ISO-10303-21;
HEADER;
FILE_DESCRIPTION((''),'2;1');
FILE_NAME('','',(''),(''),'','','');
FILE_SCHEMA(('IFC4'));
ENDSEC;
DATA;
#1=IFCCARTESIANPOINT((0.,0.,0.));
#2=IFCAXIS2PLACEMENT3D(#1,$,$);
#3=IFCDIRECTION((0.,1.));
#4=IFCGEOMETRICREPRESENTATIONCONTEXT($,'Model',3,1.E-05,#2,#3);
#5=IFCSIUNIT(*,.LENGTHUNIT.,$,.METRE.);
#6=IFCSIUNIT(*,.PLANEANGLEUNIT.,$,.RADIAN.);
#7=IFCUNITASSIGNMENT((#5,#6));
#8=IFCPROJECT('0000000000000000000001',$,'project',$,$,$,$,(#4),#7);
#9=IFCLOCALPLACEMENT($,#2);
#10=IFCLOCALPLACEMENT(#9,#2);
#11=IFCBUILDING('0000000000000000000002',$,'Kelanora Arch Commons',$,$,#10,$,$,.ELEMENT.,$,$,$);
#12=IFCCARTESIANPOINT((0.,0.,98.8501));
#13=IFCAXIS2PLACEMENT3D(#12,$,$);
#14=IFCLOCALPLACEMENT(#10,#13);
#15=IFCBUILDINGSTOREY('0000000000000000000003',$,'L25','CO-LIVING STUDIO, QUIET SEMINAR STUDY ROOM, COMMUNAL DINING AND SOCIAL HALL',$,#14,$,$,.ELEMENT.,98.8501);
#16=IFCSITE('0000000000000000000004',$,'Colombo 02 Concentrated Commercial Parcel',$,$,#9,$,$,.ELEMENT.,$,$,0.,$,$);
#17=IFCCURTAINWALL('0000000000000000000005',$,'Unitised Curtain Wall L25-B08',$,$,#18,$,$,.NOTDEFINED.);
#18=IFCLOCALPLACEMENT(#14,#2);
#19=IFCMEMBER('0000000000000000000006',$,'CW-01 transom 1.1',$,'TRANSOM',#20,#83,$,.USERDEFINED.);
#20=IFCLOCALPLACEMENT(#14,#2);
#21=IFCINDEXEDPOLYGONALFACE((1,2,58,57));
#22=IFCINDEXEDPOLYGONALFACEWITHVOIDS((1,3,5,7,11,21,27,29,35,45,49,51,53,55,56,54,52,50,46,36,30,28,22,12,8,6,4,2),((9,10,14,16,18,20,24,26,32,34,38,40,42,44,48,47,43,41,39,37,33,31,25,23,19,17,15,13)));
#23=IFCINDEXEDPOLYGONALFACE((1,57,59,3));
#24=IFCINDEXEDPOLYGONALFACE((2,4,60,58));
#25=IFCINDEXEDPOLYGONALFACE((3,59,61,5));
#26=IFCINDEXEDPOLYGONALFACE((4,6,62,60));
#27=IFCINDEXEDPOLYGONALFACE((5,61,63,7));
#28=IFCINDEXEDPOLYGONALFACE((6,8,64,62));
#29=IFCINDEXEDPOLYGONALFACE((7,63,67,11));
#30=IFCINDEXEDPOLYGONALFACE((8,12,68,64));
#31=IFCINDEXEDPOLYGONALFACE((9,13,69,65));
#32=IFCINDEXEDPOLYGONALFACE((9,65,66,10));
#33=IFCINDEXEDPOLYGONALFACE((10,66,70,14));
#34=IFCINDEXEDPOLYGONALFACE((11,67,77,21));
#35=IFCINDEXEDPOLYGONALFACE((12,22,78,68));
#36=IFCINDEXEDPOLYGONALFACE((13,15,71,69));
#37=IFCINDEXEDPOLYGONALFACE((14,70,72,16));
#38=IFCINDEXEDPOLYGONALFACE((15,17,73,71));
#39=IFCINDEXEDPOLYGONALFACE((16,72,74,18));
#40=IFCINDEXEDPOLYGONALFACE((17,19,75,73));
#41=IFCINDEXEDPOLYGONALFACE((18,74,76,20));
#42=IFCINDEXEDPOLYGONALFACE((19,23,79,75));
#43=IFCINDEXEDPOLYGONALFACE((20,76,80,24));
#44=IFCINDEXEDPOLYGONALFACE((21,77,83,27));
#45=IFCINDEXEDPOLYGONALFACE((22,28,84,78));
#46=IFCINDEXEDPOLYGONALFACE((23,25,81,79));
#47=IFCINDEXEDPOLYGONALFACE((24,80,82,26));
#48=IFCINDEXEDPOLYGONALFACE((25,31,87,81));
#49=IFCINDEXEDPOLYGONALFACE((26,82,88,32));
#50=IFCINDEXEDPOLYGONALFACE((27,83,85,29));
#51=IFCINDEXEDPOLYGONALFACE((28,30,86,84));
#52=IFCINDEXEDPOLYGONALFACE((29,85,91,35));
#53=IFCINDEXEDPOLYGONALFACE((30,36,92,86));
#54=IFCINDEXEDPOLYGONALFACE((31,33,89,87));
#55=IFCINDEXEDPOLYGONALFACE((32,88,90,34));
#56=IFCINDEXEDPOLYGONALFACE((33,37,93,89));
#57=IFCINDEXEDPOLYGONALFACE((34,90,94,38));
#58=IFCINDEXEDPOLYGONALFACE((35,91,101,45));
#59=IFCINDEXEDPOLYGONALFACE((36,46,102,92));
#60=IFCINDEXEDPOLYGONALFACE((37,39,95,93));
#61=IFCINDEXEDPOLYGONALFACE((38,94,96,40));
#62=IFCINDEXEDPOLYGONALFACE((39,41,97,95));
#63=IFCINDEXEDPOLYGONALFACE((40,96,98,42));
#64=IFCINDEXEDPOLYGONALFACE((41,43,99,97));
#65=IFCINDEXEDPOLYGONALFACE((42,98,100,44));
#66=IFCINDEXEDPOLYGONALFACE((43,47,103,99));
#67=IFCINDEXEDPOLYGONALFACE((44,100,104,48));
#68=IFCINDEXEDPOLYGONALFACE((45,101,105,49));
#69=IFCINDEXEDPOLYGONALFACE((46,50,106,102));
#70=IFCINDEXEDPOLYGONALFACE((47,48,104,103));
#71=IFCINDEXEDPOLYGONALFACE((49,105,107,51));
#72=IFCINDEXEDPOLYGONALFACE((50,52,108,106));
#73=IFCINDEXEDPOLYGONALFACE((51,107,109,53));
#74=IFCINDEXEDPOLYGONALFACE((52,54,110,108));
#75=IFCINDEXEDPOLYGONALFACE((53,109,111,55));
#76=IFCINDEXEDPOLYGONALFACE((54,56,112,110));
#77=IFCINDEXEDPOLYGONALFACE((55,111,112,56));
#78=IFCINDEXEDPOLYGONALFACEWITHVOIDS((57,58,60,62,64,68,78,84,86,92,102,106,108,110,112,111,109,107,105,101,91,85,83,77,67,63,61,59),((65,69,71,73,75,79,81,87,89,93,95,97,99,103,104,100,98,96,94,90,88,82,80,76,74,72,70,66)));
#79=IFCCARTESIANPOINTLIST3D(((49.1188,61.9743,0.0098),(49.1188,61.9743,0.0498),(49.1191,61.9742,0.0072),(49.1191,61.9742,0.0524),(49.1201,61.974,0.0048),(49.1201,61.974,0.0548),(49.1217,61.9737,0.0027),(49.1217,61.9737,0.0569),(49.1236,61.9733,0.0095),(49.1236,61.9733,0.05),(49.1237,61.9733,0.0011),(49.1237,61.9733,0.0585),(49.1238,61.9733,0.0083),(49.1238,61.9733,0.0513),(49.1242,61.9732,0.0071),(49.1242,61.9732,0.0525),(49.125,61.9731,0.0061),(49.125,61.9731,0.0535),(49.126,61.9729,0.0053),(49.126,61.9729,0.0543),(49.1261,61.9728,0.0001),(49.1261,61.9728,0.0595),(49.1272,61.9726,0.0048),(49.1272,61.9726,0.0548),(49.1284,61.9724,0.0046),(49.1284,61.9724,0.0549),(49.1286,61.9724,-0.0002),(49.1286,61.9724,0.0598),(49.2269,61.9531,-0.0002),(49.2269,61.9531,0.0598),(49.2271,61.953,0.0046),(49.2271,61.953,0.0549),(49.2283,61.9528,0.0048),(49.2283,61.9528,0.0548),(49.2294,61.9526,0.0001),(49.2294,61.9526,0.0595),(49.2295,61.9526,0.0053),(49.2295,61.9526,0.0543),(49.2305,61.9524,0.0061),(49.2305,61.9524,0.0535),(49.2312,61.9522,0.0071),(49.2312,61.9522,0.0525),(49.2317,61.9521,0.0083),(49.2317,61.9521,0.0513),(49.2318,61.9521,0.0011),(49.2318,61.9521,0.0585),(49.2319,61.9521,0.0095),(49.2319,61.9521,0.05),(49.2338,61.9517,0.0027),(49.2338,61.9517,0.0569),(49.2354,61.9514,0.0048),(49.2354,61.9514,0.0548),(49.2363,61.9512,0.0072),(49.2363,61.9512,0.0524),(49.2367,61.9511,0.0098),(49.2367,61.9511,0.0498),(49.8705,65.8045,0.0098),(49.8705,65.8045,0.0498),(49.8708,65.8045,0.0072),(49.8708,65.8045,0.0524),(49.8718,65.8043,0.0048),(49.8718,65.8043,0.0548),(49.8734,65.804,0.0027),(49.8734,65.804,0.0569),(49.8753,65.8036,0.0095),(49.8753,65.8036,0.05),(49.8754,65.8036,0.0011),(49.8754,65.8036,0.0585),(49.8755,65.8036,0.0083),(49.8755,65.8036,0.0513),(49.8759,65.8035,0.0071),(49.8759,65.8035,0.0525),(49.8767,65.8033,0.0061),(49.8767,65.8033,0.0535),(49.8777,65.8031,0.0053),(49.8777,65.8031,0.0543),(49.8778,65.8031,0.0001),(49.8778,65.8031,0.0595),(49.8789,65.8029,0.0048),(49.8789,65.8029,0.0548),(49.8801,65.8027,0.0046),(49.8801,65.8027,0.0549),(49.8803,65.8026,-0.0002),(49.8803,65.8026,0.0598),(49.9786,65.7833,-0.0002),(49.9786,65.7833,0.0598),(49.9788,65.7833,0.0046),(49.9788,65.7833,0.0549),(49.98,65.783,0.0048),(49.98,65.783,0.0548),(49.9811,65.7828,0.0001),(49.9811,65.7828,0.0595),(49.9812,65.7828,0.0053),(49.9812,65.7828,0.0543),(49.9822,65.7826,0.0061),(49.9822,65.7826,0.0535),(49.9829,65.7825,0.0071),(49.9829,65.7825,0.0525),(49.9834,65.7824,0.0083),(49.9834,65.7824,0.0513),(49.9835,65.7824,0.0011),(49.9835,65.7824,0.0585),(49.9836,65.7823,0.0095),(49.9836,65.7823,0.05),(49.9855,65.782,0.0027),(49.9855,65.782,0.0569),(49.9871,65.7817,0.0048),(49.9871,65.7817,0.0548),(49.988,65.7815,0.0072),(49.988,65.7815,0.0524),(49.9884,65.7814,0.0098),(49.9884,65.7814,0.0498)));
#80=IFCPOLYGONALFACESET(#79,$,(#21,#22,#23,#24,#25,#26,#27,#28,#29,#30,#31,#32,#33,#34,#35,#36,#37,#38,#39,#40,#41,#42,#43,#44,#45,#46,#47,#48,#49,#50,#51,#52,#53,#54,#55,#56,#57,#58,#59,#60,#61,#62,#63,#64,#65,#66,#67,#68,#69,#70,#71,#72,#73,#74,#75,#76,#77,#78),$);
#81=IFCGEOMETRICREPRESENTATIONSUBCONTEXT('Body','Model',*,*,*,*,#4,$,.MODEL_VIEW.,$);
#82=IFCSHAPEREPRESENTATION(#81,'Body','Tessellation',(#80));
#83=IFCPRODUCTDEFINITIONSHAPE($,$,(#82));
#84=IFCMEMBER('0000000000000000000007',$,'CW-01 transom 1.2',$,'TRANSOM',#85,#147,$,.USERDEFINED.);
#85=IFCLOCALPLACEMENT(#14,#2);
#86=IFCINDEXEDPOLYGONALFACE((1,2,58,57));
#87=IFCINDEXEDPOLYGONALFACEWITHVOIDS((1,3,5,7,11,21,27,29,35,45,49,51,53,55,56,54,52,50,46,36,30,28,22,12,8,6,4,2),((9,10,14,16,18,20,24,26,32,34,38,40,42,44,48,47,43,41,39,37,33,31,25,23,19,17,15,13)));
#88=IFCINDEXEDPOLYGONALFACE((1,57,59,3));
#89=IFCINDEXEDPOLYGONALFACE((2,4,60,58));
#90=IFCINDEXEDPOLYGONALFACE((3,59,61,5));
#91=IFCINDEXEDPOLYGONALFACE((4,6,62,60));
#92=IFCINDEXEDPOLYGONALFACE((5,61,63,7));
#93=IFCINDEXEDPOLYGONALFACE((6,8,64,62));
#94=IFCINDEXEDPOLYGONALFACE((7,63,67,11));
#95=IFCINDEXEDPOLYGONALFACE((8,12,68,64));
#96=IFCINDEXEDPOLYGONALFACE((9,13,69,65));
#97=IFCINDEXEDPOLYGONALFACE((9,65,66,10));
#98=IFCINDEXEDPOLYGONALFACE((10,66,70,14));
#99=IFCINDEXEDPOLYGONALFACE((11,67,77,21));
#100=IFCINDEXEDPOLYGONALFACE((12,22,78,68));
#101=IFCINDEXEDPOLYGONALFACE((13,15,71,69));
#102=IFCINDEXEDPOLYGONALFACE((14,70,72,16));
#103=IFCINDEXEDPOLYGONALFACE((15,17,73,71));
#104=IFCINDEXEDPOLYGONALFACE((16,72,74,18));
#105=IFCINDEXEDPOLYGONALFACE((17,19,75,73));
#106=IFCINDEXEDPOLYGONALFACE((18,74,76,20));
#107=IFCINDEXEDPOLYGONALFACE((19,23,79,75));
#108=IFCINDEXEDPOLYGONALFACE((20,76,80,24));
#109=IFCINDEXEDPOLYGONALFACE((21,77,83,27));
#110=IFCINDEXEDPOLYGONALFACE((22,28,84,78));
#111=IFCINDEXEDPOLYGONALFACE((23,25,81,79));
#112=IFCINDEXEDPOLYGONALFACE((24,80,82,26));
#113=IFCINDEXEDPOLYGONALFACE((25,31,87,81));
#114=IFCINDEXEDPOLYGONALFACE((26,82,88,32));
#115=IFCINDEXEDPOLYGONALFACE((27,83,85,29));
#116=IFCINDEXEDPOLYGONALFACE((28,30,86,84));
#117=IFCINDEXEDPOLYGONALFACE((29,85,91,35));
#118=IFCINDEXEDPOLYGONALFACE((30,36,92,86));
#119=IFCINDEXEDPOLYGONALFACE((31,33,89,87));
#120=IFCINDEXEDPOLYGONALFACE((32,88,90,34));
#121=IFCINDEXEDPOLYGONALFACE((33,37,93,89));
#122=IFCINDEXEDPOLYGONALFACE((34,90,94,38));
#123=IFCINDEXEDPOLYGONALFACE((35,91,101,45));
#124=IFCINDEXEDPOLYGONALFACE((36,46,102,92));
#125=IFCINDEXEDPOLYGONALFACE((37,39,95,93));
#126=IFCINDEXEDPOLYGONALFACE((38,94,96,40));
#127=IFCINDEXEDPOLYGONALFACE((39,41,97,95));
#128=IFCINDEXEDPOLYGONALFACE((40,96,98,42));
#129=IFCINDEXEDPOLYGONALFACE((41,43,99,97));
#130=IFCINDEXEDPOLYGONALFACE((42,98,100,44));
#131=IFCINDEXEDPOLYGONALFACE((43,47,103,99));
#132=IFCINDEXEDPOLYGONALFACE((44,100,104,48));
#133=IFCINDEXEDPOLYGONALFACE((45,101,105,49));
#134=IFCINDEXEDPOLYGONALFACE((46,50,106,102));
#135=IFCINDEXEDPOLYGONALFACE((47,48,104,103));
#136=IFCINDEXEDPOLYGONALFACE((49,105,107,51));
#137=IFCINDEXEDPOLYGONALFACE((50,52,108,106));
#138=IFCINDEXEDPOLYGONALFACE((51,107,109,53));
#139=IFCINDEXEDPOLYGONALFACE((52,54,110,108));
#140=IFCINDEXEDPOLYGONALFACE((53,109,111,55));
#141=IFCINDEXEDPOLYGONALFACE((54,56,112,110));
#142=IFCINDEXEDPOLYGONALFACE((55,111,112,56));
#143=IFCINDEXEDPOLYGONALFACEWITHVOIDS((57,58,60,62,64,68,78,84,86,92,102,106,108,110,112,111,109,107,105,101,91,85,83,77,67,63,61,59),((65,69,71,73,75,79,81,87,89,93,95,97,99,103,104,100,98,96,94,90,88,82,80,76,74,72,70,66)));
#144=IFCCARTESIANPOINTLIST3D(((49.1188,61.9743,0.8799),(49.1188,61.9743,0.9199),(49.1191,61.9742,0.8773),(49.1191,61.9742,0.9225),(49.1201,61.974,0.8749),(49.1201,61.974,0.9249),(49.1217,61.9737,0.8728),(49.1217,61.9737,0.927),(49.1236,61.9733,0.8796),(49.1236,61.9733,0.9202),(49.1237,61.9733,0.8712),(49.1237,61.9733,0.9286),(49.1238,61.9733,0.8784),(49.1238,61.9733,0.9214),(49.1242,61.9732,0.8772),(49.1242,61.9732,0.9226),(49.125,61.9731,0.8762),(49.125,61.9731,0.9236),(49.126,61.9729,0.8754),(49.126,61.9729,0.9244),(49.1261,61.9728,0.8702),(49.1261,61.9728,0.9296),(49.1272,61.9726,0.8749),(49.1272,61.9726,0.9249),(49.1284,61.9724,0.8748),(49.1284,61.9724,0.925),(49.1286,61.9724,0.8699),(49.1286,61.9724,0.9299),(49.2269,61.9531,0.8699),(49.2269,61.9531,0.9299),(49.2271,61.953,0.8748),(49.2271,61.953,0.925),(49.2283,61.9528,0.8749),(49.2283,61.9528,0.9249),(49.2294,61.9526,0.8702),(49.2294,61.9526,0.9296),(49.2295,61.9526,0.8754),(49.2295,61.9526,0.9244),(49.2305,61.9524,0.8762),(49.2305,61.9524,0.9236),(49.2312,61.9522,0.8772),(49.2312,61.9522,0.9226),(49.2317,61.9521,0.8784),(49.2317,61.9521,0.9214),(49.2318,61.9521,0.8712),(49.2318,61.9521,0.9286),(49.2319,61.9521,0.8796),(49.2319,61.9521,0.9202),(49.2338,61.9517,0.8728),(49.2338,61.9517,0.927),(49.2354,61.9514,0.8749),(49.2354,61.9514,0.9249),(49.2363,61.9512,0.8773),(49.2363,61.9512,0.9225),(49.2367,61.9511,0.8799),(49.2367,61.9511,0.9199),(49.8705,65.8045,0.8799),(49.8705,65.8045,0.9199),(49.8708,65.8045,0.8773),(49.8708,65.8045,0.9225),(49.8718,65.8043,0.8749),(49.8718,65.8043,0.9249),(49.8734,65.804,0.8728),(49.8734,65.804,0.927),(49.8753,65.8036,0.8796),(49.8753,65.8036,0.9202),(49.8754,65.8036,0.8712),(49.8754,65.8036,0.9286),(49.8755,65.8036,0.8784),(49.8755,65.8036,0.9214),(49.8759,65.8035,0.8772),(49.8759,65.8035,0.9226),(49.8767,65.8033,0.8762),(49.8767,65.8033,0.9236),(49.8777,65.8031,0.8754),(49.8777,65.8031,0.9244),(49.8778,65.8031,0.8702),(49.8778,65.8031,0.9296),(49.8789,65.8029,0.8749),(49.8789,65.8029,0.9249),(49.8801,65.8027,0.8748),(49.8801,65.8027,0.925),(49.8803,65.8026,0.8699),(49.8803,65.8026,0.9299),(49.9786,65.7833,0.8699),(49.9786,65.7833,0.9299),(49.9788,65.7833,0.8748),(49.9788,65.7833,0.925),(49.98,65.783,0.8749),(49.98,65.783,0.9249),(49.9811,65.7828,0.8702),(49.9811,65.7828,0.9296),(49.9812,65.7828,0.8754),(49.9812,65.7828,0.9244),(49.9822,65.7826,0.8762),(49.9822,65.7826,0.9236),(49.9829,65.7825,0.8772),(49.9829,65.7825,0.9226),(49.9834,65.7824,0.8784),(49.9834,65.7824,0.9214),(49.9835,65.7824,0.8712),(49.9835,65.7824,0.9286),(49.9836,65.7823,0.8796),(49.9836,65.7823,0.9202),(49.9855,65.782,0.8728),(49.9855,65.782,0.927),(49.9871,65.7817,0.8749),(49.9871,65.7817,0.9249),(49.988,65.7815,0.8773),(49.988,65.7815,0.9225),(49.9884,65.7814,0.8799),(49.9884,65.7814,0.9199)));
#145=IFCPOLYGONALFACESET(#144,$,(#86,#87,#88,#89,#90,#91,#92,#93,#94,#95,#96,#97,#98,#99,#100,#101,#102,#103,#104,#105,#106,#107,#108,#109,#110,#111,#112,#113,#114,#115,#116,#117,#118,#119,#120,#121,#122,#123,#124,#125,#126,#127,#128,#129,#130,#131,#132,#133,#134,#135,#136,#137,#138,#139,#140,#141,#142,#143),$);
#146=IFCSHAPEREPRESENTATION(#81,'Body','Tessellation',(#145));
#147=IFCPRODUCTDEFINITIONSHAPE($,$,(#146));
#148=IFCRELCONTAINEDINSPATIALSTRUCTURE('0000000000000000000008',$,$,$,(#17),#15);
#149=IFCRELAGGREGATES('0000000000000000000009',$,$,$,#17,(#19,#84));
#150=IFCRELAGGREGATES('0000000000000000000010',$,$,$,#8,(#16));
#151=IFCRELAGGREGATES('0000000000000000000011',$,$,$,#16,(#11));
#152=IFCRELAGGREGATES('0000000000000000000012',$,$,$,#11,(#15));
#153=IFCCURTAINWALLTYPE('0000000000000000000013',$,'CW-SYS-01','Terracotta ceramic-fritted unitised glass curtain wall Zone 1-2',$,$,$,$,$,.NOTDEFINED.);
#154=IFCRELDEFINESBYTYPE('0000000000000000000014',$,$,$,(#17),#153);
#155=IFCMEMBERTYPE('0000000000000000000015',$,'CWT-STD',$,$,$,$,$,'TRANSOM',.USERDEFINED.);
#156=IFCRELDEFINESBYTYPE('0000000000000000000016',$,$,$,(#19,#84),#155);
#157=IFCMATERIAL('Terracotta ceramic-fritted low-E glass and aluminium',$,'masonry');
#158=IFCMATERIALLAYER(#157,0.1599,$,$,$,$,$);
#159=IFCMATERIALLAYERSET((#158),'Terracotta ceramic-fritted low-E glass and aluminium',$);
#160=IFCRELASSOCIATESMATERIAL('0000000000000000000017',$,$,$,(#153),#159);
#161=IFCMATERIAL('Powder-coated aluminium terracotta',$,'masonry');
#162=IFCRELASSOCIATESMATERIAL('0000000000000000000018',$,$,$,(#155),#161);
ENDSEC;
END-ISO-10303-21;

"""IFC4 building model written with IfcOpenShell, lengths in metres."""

from ifc_helpers import new_model, si_unit, direction, frame, origin, origin_2d, place, context, subcontext, project, spatial, hollow_rectangle, extrude, material, layer, layer_set, material_profile, profile_set, type_object, element, aggregate, save


model = new_model("IFC4")

# Units and contexts
model_context = context("Model", 3, precision=1e-05, world=origin(), true_north=direction((0.0, 1.0)))
body_context = subcontext(model_context, "Body", "Model", "MODEL_VIEW")
ifc_project = project(units=[si_unit("LENGTHUNIT", "METRE"), si_unit("PLANEANGLEUNIT", "RADIAN")], contexts=[model_context])

# Site, building, storey
site_placement = place(None, origin())
site = spatial("IfcSite", under=ifc_project, at=site_placement, Name="Colombo 02 Concentrated Commercial Parcel", CompositionType="ELEMENT", RefElevation=0.0)
building_placement = place(site_placement, origin())
building = spatial("IfcBuilding", under=site, at=building_placement, Name="Kelanora Arch Commons", CompositionType="ELEMENT")
storey_placement = place(building_placement, frame((0.0, 0.0, 98.8501)))
storey = spatial("IfcBuildingStorey", under=building, at=storey_placement, Name="L25", Description="CO-LIVING STUDIO, QUIET SEMINAR STUDY ROOM, COMMUNAL DINING AND SOCIAL HALL", CompositionType="ELEMENT", Elevation=98.8501)

# Curtain wall, members
ifc_material_1 = material(Name="Terracotta ceramic-fritted low-E glass and aluminium", Category="masonry")
ifc_layer_1 = layer(ifc_material_1, 0.1599)
ifc_layer_set_1 = layer_set([ifc_layer_1], Name="Terracotta ceramic-fritted low-E glass and aluminium")
curtain_wall_type = type_object("IfcCurtainWallType", Name="CW-SYS-01", Description="Terracotta ceramic-fritted unitised glass curtain wall Zone 1-2", PredefinedType="NOTDEFINED", material=ifc_layer_set_1)
curtain_wall_placement = place(storey_placement, origin())
curtain_wall = element("IfcCurtainWall", 1, at=curtain_wall_placement, inside=storey, type_object=curtain_wall_type, Name="Unitised Curtain Wall L25-B08", PredefinedType="NOTDEFINED")
ifc_material_2 = material(Name="Powder-coated aluminium terracotta", Category="masonry")
ifc_material_profile_1 = material_profile(ifc_material_2, hollow_rectangle(XDim=0.1201, YDim=0.0601, WallThickness=0.0049, InnerFilletRadius=0.0049, OuterFilletRadius=0.01, at=origin_2d()), Name="CWT120x60")
ifc_profile_set_1 = profile_set([ifc_material_profile_1], Name="Powder-coated aluminium terracotta")
member_type_1 = type_object("IfcMemberType", Name="CWT-STD", ElementType="TRANSOM", PredefinedType="USERDEFINED", material=ifc_profile_set_1)
member_1_placement = place(storey_placement, frame((49.9294, 65.793, 0.0298), z_axis=(-0.192579, -0.981282, 0.0), x_axis=(0.981282, -0.192579, 0.0)))
member_1 = element("IfcMember", 2, at=member_1_placement, type_object=member_type_1, Name="CW-01 transom 1.1", ObjectType="TRANSOM", PredefinedType="USERDEFINED", context=body_context, shape_type="SweptSolid", body=[
    extrude(hollow_rectangle(XDim=0.1201, YDim=0.0601, WallThickness=0.0049, InnerFilletRadius=0.0049, OuterFilletRadius=0.01, at=origin_2d()), origin(), (0.0, 0.0, 1.0), 3.9033),
])
member_2_placement = place(storey_placement, frame((49.9294, 65.793, 0.8999), z_axis=(-0.192579, -0.981282, 0.0), x_axis=(0.981282, -0.192579, 0.0)))
member_2 = element("IfcMember", 3, at=member_2_placement, type_object=member_type_1, Name="CW-01 transom 1.2", ObjectType="TRANSOM", PredefinedType="USERDEFINED", context=body_context, shape_type="SweptSolid", body=[
    extrude(hollow_rectangle(XDim=0.1201, YDim=0.0601, WallThickness=0.0049, InnerFilletRadius=0.0049, OuterFilletRadius=0.01, at=origin_2d()), origin(), (0.0, 0.0, 1.0), 3.9033),
])
aggregate(curtain_wall, [member_1, member_2])

save(model, "model.ifc")
